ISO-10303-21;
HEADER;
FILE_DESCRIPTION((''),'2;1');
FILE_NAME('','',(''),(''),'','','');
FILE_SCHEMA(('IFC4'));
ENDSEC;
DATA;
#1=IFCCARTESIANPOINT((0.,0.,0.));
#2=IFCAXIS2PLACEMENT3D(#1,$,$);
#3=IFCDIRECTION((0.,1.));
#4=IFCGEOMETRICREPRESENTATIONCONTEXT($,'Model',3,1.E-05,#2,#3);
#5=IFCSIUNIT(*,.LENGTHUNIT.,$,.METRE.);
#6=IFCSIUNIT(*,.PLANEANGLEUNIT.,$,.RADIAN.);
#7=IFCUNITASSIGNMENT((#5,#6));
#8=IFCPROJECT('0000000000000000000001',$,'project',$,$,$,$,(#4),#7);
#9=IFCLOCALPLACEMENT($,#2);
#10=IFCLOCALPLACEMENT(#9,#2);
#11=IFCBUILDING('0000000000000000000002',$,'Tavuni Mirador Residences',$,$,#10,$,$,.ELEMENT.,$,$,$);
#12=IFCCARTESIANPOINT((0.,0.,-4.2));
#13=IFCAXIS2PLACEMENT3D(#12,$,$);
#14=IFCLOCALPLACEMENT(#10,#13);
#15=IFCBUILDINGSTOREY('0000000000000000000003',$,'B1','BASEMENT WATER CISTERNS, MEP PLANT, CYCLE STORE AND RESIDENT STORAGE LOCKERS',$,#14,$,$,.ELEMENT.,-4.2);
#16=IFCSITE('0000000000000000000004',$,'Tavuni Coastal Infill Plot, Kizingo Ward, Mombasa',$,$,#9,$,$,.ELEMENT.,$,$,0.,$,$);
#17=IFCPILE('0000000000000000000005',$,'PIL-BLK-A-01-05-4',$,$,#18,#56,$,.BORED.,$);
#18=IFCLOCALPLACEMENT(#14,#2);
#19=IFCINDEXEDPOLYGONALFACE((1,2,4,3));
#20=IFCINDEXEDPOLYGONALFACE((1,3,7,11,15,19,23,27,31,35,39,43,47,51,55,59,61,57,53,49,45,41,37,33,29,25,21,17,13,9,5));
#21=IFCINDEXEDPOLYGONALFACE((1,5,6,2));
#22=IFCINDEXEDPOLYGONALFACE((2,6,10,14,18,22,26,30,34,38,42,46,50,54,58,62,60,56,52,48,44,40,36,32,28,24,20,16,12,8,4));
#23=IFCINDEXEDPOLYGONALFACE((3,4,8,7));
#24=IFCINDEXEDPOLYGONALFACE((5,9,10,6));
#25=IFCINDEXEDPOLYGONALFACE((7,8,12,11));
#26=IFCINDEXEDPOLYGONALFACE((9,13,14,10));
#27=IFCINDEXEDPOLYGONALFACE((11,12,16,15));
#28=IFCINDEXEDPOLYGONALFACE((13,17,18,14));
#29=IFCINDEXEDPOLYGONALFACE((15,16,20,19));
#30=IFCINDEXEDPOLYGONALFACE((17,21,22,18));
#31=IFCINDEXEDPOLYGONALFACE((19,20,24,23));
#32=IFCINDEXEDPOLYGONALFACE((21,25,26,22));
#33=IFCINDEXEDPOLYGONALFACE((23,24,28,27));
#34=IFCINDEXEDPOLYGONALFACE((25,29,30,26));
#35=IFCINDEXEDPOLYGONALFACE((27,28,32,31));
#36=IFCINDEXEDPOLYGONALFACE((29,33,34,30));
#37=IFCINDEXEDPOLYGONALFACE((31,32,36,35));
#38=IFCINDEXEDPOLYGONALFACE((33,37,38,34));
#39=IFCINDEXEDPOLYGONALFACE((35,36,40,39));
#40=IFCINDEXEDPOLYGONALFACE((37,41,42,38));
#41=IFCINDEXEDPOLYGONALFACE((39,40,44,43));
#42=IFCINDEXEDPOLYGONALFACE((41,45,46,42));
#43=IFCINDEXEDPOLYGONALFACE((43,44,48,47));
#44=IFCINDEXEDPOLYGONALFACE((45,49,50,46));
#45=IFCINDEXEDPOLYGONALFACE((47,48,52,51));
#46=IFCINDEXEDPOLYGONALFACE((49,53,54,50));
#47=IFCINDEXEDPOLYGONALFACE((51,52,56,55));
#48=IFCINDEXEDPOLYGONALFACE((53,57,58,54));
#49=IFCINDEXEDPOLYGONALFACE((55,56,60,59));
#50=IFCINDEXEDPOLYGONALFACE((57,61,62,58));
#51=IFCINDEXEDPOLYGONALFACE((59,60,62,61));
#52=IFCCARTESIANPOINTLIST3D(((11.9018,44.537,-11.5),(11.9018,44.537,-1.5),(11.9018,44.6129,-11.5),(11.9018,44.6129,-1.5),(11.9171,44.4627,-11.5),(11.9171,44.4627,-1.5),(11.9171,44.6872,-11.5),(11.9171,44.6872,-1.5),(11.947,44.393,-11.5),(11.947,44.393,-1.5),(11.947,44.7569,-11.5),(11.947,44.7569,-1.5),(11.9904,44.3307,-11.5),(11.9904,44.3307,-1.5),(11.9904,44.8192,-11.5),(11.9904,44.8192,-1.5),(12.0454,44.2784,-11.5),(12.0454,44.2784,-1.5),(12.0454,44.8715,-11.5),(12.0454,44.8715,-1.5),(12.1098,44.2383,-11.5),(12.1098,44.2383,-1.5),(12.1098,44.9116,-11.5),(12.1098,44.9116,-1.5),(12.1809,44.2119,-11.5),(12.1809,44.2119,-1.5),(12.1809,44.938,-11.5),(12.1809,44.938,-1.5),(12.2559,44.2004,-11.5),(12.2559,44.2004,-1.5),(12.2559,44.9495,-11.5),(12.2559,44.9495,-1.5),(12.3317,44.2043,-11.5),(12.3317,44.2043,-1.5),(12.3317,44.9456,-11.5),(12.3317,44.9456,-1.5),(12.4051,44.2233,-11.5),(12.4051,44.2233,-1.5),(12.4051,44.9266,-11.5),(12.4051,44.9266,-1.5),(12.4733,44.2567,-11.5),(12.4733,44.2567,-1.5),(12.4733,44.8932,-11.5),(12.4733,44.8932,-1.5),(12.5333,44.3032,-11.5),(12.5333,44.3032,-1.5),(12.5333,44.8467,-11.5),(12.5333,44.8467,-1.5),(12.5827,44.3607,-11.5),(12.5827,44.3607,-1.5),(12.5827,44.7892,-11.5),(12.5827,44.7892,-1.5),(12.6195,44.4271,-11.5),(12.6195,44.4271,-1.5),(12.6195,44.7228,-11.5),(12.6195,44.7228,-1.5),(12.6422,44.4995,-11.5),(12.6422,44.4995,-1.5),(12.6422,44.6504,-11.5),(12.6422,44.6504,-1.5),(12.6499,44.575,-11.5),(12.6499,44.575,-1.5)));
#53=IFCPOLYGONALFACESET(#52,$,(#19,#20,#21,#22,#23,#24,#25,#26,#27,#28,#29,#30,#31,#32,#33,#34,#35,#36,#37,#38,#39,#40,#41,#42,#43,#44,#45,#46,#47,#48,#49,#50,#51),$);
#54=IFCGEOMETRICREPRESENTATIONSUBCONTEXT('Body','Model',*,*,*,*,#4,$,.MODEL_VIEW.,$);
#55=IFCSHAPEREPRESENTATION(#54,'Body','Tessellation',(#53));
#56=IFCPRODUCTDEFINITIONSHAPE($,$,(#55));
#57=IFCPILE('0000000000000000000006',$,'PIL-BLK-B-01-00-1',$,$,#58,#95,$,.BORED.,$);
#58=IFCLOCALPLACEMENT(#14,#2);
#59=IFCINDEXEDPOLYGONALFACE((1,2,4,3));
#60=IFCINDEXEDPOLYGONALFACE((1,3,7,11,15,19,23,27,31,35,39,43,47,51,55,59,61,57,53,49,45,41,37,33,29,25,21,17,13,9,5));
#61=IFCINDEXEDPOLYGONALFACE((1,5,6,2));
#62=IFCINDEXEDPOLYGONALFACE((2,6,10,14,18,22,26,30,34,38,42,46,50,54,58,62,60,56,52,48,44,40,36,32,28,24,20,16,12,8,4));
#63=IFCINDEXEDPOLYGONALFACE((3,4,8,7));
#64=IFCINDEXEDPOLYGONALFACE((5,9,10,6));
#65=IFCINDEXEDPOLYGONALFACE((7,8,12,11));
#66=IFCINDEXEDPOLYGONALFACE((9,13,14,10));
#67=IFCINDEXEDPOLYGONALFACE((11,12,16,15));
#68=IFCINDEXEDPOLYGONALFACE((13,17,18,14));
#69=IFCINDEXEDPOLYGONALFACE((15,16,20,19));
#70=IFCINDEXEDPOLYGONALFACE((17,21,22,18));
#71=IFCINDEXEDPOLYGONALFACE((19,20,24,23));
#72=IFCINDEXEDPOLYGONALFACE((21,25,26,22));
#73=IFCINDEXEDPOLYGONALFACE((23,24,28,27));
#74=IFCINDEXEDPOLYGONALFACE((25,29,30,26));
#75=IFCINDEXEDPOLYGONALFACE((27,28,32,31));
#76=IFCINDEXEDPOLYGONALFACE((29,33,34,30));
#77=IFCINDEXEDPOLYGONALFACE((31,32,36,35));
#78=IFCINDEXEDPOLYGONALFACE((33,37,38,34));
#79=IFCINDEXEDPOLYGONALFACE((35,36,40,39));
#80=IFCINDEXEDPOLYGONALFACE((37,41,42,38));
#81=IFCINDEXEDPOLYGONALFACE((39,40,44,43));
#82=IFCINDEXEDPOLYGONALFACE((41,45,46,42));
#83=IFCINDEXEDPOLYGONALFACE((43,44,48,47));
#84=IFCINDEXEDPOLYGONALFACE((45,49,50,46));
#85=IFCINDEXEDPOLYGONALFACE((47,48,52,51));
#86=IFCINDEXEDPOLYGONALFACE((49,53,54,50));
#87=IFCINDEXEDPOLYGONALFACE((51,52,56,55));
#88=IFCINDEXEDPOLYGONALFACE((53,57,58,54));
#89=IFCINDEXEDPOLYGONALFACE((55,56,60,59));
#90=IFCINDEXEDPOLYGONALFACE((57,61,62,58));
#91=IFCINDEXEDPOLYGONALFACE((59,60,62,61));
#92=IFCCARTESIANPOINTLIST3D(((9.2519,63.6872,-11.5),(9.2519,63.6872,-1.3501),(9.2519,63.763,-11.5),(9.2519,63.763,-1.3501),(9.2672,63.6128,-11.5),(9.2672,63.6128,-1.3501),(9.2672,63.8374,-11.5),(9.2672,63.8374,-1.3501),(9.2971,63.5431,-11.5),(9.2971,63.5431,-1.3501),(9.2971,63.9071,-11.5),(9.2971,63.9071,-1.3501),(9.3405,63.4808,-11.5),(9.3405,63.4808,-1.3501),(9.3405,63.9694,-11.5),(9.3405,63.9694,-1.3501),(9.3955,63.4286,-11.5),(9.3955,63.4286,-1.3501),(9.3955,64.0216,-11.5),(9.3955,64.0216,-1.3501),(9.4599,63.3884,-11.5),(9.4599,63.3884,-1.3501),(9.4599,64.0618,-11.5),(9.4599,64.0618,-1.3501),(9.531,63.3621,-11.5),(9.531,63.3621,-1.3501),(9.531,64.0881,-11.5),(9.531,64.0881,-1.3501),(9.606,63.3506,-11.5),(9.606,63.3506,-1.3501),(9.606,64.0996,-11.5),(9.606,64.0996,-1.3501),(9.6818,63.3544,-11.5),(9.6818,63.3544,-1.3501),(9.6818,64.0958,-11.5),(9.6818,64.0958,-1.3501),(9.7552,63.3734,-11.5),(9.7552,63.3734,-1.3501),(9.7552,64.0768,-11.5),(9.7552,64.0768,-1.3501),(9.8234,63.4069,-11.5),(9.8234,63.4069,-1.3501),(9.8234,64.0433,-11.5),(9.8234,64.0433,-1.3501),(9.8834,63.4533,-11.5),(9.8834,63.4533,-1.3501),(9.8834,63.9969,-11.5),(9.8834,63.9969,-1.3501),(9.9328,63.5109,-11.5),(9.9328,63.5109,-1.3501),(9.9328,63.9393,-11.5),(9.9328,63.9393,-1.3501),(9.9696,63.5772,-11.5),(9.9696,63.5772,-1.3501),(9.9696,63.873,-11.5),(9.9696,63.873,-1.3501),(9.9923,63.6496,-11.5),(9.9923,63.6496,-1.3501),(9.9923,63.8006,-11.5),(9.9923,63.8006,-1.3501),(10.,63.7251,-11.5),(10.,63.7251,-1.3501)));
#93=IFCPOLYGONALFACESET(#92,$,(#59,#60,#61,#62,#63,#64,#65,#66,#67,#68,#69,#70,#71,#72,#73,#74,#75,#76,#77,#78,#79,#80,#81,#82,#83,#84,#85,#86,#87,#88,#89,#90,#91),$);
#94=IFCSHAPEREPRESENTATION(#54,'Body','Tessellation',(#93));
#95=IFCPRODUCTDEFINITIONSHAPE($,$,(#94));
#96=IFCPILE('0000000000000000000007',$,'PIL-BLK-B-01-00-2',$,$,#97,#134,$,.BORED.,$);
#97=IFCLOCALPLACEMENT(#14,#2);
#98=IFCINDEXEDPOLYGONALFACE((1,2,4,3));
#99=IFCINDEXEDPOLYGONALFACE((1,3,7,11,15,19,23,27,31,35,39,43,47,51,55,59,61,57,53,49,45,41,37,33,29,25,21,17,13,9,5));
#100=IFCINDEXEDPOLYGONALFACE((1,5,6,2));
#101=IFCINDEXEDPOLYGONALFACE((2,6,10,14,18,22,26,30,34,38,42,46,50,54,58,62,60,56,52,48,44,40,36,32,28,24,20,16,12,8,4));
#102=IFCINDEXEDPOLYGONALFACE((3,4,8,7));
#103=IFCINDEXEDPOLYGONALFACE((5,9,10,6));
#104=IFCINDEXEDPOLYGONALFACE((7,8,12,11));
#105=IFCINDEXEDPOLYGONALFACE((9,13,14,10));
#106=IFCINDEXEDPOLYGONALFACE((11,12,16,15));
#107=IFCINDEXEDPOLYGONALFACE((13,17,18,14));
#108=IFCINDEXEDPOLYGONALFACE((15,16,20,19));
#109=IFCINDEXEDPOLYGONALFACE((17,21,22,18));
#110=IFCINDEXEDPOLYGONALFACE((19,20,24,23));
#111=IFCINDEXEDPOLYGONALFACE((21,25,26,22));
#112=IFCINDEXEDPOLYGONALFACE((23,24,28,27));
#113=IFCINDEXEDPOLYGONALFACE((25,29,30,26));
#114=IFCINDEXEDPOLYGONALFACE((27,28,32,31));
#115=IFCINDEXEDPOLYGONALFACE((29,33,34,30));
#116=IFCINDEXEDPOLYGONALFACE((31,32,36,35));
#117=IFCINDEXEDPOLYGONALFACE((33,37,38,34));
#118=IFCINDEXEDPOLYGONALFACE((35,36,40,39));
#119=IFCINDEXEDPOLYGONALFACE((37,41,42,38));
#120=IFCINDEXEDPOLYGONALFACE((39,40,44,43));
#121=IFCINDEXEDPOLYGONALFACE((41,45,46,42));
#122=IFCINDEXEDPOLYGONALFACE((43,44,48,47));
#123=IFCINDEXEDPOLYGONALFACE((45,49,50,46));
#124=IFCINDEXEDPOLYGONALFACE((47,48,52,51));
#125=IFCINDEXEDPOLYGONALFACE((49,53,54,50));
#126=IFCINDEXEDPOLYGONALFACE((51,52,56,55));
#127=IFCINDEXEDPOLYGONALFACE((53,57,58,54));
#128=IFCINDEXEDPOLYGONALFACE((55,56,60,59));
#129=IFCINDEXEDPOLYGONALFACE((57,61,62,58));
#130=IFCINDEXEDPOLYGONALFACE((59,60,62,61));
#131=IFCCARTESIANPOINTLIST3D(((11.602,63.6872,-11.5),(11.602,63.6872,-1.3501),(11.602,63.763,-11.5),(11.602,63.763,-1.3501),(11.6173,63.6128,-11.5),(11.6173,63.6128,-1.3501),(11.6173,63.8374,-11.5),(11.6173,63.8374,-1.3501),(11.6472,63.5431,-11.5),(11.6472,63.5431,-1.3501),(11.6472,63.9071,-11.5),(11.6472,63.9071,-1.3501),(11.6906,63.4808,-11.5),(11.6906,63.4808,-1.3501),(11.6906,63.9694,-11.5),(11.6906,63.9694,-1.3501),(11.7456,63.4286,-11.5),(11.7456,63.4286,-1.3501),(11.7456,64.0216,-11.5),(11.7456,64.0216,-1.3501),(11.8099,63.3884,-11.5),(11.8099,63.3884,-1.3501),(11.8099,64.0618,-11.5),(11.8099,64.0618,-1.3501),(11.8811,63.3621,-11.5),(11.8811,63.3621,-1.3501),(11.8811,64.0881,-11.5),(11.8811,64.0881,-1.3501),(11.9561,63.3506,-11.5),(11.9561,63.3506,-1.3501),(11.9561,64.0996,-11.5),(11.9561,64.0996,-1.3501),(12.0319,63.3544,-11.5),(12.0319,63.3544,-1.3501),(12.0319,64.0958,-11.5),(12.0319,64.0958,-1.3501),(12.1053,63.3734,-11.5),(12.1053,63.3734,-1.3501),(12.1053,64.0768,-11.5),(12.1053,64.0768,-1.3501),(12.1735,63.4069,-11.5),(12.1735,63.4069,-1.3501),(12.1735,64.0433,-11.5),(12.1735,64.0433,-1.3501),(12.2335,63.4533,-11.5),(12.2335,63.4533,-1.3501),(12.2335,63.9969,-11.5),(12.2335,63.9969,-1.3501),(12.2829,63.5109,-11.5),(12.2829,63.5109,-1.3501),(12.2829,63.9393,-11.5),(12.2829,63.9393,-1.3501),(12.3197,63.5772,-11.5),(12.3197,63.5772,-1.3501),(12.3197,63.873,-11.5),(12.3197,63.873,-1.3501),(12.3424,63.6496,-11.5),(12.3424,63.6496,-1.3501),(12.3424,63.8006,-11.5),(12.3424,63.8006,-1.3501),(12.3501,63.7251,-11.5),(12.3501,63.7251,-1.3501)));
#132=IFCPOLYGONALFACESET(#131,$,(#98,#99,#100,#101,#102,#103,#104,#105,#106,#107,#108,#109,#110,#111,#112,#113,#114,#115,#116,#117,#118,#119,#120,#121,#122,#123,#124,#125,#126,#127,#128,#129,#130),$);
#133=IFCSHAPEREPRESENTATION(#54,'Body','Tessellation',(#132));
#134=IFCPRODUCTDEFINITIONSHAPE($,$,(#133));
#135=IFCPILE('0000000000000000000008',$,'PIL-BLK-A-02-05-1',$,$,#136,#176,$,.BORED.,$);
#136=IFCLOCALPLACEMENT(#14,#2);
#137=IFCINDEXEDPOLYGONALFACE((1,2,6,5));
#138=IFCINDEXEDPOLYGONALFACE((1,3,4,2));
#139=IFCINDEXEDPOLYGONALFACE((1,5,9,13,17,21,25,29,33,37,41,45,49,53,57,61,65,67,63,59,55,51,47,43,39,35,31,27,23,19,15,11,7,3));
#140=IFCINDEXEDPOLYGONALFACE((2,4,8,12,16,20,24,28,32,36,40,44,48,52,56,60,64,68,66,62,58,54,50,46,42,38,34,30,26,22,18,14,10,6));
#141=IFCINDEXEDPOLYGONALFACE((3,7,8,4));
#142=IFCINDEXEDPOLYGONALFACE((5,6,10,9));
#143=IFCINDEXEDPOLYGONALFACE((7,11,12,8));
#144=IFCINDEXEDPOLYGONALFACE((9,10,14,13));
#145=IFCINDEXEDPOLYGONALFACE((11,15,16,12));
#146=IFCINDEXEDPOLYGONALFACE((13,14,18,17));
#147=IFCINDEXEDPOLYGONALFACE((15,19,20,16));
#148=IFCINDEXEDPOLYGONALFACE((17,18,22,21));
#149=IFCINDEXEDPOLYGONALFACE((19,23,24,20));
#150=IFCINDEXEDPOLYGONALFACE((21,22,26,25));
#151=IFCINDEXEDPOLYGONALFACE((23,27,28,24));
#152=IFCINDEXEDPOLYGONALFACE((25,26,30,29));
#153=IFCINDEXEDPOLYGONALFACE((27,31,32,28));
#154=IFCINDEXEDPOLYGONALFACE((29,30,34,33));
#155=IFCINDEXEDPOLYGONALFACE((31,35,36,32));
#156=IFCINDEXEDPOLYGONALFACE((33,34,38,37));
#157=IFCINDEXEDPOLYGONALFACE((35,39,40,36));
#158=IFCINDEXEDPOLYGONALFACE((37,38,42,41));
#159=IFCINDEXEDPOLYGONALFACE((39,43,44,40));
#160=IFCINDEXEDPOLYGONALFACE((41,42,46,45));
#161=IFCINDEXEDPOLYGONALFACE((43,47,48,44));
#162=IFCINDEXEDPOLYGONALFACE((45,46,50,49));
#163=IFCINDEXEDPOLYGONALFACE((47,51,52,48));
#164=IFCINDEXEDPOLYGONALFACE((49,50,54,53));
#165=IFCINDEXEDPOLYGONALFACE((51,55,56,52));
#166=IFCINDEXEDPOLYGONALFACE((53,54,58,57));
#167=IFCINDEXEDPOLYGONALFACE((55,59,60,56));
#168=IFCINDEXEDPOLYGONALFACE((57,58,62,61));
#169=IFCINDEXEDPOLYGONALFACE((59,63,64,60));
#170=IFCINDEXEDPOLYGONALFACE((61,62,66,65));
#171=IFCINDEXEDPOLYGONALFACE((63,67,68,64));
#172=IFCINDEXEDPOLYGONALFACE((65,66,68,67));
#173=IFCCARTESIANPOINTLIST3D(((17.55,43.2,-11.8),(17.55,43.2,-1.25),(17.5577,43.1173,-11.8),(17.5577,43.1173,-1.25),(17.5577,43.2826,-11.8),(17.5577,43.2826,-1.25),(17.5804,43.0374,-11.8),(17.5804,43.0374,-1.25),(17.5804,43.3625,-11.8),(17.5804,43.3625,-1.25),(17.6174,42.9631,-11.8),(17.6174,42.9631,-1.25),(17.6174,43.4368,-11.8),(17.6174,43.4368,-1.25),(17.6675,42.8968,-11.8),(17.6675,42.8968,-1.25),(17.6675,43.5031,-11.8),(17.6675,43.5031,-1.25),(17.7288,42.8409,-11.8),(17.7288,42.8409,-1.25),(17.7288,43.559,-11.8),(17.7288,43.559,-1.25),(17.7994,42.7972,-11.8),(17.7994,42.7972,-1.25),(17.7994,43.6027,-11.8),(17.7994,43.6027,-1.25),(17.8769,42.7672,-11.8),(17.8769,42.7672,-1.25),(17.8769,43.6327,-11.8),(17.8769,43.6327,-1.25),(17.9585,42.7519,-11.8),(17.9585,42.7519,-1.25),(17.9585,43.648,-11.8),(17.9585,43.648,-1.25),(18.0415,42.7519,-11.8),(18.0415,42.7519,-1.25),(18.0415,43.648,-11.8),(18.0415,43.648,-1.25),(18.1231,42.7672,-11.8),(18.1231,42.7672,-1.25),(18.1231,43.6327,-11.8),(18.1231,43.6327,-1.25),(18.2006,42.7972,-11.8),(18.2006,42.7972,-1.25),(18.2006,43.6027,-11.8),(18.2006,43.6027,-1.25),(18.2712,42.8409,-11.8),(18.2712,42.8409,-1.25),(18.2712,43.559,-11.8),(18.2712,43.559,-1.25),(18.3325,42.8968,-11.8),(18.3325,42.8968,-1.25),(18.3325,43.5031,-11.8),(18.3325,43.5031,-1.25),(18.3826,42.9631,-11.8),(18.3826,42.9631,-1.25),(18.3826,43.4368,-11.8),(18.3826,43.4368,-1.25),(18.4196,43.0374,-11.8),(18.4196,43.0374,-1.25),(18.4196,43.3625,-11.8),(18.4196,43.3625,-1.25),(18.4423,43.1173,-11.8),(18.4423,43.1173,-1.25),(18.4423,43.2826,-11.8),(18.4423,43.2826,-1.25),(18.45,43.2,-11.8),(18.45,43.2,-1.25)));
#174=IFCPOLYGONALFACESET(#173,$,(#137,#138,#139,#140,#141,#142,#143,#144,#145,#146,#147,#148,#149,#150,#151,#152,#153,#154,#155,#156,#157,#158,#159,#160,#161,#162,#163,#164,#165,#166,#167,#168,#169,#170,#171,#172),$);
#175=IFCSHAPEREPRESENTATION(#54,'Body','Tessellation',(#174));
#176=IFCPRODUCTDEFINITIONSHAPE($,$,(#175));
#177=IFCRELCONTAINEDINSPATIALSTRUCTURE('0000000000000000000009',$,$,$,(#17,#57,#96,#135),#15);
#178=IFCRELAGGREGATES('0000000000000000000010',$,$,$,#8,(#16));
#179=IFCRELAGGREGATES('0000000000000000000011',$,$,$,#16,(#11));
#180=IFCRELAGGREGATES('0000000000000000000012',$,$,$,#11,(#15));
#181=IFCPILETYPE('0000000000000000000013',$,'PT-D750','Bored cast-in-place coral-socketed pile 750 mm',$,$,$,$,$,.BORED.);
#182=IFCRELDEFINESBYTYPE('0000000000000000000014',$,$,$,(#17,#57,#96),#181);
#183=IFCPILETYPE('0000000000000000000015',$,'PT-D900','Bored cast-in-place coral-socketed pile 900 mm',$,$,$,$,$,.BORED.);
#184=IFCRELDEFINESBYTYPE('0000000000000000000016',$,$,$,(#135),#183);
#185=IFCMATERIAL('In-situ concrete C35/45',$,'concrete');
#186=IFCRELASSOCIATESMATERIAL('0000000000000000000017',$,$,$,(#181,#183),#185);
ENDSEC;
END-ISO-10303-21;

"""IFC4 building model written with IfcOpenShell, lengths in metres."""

from ifc_helpers import new_model, si_unit, direction, frame, origin, origin_2d, place, context, subcontext, project, spatial, circle, extrude, material, material_profile, profile_set, type_object, element, save


model = new_model("IFC4")

# Units and contexts
model_context = context("Model", 3, precision=1e-05, world=origin(), true_north=direction((0.0, 1.0)))
body_context = subcontext(model_context, "Body", "Model", "MODEL_VIEW")
ifc_project = project(units=[si_unit("LENGTHUNIT", "METRE"), si_unit("PLANEANGLEUNIT", "RADIAN")], contexts=[model_context])

# Site, building, storey
site_placement = place(None, origin())
site = spatial("IfcSite", under=ifc_project, at=site_placement, Name="Tavuni Coastal Infill Plot, Kizingo Ward, Mombasa", CompositionType="ELEMENT", RefElevation=0.0)
building_placement = place(site_placement, origin())
building = spatial("IfcBuilding", under=site, at=building_placement, Name="Tavuni Mirador Residences", CompositionType="ELEMENT")
storey_placement = place(building_placement, frame((0.0, 0.0, -4.2)))
storey = spatial("IfcBuildingStorey", under=building, at=storey_placement, Name="B1", Description="BASEMENT WATER CISTERNS, MEP PLANT, CYCLE STORE AND RESIDENT STORAGE LOCKERS", CompositionType="ELEMENT", Elevation=-4.2)

# Shared definitions
ifc_material_1 = material(Name="In-situ concrete C35/45", Category="concrete")

# Piles
ifc_material_profile_1 = material_profile(ifc_material_1, circle(Radius=0.375, at=origin_2d()), Name="PILE D750", Category="concrete")
ifc_profile_set_1 = profile_set([ifc_material_profile_1], Name="In-situ concrete C35/45")
pile_type_1 = type_object("IfcPileType", Name="PT-D750", Description="Bored cast-in-place coral-socketed pile 750 mm", PredefinedType="BORED", material=ifc_profile_set_1)
for number, where, z_axis, x_axis, name in (
    (1, (12.2749, 44.575, -1.5), (0.0, 0.0, -1.0), (1.0, 0.0, 0.0), "PIL-BLK-A-01-05-4"),
):
    element("IfcPile", number, at=place(storey_placement, frame(where, z_axis=z_axis, x_axis=x_axis)), inside=storey, type_object=pile_type_1, Name=name, PredefinedType="BORED", context=body_context, shape_type="SweptSolid", body=[
        extrude(circle(Radius=0.375, at=origin_2d()), origin(), (0.0, 0.0, 1.0), 10.0),
    ])
for number, where, z_axis, x_axis, name in (
    (2, (9.625, 63.7251, -1.3501), (0.0, 0.0, -1.0), (1.0, 0.0, 0.0), "PIL-BLK-B-01-00-1"),
    (3, (11.9751, 63.7251, -1.3501), (0.0, 0.0, -1.0), (1.0, 0.0, 0.0), "PIL-BLK-B-01-00-2"),
):
    element("IfcPile", number, at=place(storey_placement, frame(where, z_axis=z_axis, x_axis=x_axis)), inside=storey, type_object=pile_type_1, Name=name, PredefinedType="BORED", context=body_context, shape_type="SweptSolid", body=[
        extrude(circle(Radius=0.375, at=origin_2d()), origin(), (0.0, 0.0, 1.0), 10.1499),
    ])
ifc_material_profile_2 = material_profile(ifc_material_1, circle(Radius=0.45, at=origin_2d()), Name="PILE D900", Category="concrete")
ifc_profile_set_2 = profile_set([ifc_material_profile_2], Name="In-situ concrete C35/45")
pile_type_2 = type_object("IfcPileType", Name="PT-D900", Description="Bored cast-in-place coral-socketed pile 900 mm", PredefinedType="BORED", material=ifc_profile_set_2)
pile_1_placement = place(storey_placement, frame((18.0, 43.2, -1.25), z_axis=(0.0, 0.0, -1.0), x_axis=(1.0, 0.0, 0.0)))
element("IfcPile", 4, at=pile_1_placement, inside=storey, type_object=pile_type_2, Name="PIL-BLK-A-02-05-1", PredefinedType="BORED", context=body_context, shape_type="SweptSolid", body=[
    extrude(circle(Radius=0.45, at=origin_2d()), origin(), (0.0, 0.0, 1.0), 10.55),
])

save(model, "model.ifc")
